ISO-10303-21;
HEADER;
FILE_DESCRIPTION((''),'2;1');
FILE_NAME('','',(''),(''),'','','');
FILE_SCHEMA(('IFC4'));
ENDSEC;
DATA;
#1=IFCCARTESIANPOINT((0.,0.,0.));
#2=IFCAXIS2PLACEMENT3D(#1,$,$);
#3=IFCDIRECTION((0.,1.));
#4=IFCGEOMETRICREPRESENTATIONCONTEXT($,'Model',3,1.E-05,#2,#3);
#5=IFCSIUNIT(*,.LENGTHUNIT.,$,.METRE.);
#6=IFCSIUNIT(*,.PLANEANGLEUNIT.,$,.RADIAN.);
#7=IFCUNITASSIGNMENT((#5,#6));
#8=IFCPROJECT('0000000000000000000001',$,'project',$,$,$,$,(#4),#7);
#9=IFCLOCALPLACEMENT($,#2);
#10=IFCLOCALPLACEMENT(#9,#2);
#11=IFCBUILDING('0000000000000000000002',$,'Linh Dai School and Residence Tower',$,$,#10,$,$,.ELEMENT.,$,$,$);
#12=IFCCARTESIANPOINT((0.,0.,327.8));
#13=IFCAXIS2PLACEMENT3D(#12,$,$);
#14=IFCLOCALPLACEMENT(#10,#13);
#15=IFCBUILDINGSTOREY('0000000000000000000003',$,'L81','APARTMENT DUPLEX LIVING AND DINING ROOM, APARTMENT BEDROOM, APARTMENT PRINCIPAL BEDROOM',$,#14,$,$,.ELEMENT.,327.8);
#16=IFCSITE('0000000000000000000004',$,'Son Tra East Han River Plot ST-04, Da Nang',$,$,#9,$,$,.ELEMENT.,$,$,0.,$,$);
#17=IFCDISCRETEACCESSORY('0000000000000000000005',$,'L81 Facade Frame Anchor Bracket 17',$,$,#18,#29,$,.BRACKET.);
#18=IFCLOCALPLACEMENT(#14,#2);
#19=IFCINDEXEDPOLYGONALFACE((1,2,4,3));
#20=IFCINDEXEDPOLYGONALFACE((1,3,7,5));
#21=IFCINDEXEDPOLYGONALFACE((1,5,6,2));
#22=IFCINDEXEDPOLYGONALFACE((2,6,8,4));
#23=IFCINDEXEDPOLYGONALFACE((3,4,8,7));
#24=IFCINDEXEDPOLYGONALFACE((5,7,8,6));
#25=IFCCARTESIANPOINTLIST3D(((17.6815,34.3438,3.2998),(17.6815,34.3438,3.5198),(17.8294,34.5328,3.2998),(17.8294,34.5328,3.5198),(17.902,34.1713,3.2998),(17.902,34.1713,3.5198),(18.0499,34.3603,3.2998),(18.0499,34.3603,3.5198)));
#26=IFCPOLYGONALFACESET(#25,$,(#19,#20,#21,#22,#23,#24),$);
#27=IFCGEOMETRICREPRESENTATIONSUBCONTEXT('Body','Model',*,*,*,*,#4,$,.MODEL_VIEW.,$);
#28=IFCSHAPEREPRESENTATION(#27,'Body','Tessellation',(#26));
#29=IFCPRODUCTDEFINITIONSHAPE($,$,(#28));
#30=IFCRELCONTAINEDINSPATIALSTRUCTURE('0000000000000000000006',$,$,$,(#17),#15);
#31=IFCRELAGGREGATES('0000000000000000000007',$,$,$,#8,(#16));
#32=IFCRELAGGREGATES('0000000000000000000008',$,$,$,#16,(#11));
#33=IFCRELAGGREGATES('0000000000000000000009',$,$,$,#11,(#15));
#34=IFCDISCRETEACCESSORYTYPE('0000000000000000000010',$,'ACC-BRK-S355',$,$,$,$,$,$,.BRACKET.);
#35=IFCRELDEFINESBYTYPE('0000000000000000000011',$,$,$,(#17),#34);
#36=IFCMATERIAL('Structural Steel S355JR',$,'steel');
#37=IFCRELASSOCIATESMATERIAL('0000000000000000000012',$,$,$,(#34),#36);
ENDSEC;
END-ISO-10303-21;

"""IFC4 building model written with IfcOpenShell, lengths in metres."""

from ifc_helpers import new_model, si_unit, direction, frame, origin, origin_2d, place, context, subcontext, project, spatial, rectangle, extrude, source, transform, mapped, material, type_object, element, save


model = new_model("IFC4")

# Units and contexts
model_context = context("Model", 3, precision=1e-05, world=origin(), true_north=direction((0.0, 1.0)))
body_context = subcontext(model_context, "Body", "Model", "MODEL_VIEW")
ifc_project = project(units=[si_unit("LENGTHUNIT", "METRE"), si_unit("PLANEANGLEUNIT", "RADIAN")], contexts=[model_context])

# Site, building, storey
site_placement = place(None, origin())
site = spatial("IfcSite", under=ifc_project, at=site_placement, Name="Son Tra East Han River Plot ST-04, Da Nang", CompositionType="ELEMENT", RefElevation=0.0)
building_placement = place(site_placement, origin())
building = spatial("IfcBuilding", under=site, at=building_placement, Name="Linh Dai School and Residence Tower", CompositionType="ELEMENT")
storey_placement = place(building_placement, frame((0.0, 0.0, 327.8)))
storey = spatial("IfcBuildingStorey", under=building, at=storey_placement, Name="L81", Description="APARTMENT DUPLEX LIVING AND DINING ROOM, APARTMENT BEDROOM, APARTMENT PRINCIPAL BEDROOM", CompositionType="ELEMENT", Elevation=327.8)

# Shared definitions
ifc_material_1 = material(Name="Structural Steel S355JR", Category="steel")

# Discrete accessory
discrete_accessory_type = type_object("IfcDiscreteAccessoryType", Name="ACC-BRK-S355", PredefinedType="BRACKET", material=ifc_material_1)
shared_shape_1 = source(origin(), body_context, "Body", "SweptSolid", [
    extrude(rectangle(XDim=0.28, YDim=0.24, at=origin_2d()), origin(), (0.0, 0.0, 1.0), 0.22),
])
for number, where, z_axis, x_axis, name in (
    (1, (17.8657, 34.3521, 3.2998), (0.0, 0.0, 1.0), (-0.787553, 0.616247, 0.0), "L81 Facade Frame Anchor Bracket 17"),
):
    element("IfcDiscreteAccessory", number, at=place(storey_placement, frame(where, z_axis=z_axis, x_axis=x_axis)), inside=storey, type_object=discrete_accessory_type, Name=name, PredefinedType="BRACKET", context=body_context, shape_type="MappedRepresentation", body=[
        mapped(shared_shape_1, transform((0.0, 0.0, 0.0), x_axis=(1.0, 0.0, 0.0), y_axis=(0.0, 1.0, 0.0), z_axis=(0.0, 0.0, 1.0), scale=1.0)),
    ])

save(model, "model.ifc")
